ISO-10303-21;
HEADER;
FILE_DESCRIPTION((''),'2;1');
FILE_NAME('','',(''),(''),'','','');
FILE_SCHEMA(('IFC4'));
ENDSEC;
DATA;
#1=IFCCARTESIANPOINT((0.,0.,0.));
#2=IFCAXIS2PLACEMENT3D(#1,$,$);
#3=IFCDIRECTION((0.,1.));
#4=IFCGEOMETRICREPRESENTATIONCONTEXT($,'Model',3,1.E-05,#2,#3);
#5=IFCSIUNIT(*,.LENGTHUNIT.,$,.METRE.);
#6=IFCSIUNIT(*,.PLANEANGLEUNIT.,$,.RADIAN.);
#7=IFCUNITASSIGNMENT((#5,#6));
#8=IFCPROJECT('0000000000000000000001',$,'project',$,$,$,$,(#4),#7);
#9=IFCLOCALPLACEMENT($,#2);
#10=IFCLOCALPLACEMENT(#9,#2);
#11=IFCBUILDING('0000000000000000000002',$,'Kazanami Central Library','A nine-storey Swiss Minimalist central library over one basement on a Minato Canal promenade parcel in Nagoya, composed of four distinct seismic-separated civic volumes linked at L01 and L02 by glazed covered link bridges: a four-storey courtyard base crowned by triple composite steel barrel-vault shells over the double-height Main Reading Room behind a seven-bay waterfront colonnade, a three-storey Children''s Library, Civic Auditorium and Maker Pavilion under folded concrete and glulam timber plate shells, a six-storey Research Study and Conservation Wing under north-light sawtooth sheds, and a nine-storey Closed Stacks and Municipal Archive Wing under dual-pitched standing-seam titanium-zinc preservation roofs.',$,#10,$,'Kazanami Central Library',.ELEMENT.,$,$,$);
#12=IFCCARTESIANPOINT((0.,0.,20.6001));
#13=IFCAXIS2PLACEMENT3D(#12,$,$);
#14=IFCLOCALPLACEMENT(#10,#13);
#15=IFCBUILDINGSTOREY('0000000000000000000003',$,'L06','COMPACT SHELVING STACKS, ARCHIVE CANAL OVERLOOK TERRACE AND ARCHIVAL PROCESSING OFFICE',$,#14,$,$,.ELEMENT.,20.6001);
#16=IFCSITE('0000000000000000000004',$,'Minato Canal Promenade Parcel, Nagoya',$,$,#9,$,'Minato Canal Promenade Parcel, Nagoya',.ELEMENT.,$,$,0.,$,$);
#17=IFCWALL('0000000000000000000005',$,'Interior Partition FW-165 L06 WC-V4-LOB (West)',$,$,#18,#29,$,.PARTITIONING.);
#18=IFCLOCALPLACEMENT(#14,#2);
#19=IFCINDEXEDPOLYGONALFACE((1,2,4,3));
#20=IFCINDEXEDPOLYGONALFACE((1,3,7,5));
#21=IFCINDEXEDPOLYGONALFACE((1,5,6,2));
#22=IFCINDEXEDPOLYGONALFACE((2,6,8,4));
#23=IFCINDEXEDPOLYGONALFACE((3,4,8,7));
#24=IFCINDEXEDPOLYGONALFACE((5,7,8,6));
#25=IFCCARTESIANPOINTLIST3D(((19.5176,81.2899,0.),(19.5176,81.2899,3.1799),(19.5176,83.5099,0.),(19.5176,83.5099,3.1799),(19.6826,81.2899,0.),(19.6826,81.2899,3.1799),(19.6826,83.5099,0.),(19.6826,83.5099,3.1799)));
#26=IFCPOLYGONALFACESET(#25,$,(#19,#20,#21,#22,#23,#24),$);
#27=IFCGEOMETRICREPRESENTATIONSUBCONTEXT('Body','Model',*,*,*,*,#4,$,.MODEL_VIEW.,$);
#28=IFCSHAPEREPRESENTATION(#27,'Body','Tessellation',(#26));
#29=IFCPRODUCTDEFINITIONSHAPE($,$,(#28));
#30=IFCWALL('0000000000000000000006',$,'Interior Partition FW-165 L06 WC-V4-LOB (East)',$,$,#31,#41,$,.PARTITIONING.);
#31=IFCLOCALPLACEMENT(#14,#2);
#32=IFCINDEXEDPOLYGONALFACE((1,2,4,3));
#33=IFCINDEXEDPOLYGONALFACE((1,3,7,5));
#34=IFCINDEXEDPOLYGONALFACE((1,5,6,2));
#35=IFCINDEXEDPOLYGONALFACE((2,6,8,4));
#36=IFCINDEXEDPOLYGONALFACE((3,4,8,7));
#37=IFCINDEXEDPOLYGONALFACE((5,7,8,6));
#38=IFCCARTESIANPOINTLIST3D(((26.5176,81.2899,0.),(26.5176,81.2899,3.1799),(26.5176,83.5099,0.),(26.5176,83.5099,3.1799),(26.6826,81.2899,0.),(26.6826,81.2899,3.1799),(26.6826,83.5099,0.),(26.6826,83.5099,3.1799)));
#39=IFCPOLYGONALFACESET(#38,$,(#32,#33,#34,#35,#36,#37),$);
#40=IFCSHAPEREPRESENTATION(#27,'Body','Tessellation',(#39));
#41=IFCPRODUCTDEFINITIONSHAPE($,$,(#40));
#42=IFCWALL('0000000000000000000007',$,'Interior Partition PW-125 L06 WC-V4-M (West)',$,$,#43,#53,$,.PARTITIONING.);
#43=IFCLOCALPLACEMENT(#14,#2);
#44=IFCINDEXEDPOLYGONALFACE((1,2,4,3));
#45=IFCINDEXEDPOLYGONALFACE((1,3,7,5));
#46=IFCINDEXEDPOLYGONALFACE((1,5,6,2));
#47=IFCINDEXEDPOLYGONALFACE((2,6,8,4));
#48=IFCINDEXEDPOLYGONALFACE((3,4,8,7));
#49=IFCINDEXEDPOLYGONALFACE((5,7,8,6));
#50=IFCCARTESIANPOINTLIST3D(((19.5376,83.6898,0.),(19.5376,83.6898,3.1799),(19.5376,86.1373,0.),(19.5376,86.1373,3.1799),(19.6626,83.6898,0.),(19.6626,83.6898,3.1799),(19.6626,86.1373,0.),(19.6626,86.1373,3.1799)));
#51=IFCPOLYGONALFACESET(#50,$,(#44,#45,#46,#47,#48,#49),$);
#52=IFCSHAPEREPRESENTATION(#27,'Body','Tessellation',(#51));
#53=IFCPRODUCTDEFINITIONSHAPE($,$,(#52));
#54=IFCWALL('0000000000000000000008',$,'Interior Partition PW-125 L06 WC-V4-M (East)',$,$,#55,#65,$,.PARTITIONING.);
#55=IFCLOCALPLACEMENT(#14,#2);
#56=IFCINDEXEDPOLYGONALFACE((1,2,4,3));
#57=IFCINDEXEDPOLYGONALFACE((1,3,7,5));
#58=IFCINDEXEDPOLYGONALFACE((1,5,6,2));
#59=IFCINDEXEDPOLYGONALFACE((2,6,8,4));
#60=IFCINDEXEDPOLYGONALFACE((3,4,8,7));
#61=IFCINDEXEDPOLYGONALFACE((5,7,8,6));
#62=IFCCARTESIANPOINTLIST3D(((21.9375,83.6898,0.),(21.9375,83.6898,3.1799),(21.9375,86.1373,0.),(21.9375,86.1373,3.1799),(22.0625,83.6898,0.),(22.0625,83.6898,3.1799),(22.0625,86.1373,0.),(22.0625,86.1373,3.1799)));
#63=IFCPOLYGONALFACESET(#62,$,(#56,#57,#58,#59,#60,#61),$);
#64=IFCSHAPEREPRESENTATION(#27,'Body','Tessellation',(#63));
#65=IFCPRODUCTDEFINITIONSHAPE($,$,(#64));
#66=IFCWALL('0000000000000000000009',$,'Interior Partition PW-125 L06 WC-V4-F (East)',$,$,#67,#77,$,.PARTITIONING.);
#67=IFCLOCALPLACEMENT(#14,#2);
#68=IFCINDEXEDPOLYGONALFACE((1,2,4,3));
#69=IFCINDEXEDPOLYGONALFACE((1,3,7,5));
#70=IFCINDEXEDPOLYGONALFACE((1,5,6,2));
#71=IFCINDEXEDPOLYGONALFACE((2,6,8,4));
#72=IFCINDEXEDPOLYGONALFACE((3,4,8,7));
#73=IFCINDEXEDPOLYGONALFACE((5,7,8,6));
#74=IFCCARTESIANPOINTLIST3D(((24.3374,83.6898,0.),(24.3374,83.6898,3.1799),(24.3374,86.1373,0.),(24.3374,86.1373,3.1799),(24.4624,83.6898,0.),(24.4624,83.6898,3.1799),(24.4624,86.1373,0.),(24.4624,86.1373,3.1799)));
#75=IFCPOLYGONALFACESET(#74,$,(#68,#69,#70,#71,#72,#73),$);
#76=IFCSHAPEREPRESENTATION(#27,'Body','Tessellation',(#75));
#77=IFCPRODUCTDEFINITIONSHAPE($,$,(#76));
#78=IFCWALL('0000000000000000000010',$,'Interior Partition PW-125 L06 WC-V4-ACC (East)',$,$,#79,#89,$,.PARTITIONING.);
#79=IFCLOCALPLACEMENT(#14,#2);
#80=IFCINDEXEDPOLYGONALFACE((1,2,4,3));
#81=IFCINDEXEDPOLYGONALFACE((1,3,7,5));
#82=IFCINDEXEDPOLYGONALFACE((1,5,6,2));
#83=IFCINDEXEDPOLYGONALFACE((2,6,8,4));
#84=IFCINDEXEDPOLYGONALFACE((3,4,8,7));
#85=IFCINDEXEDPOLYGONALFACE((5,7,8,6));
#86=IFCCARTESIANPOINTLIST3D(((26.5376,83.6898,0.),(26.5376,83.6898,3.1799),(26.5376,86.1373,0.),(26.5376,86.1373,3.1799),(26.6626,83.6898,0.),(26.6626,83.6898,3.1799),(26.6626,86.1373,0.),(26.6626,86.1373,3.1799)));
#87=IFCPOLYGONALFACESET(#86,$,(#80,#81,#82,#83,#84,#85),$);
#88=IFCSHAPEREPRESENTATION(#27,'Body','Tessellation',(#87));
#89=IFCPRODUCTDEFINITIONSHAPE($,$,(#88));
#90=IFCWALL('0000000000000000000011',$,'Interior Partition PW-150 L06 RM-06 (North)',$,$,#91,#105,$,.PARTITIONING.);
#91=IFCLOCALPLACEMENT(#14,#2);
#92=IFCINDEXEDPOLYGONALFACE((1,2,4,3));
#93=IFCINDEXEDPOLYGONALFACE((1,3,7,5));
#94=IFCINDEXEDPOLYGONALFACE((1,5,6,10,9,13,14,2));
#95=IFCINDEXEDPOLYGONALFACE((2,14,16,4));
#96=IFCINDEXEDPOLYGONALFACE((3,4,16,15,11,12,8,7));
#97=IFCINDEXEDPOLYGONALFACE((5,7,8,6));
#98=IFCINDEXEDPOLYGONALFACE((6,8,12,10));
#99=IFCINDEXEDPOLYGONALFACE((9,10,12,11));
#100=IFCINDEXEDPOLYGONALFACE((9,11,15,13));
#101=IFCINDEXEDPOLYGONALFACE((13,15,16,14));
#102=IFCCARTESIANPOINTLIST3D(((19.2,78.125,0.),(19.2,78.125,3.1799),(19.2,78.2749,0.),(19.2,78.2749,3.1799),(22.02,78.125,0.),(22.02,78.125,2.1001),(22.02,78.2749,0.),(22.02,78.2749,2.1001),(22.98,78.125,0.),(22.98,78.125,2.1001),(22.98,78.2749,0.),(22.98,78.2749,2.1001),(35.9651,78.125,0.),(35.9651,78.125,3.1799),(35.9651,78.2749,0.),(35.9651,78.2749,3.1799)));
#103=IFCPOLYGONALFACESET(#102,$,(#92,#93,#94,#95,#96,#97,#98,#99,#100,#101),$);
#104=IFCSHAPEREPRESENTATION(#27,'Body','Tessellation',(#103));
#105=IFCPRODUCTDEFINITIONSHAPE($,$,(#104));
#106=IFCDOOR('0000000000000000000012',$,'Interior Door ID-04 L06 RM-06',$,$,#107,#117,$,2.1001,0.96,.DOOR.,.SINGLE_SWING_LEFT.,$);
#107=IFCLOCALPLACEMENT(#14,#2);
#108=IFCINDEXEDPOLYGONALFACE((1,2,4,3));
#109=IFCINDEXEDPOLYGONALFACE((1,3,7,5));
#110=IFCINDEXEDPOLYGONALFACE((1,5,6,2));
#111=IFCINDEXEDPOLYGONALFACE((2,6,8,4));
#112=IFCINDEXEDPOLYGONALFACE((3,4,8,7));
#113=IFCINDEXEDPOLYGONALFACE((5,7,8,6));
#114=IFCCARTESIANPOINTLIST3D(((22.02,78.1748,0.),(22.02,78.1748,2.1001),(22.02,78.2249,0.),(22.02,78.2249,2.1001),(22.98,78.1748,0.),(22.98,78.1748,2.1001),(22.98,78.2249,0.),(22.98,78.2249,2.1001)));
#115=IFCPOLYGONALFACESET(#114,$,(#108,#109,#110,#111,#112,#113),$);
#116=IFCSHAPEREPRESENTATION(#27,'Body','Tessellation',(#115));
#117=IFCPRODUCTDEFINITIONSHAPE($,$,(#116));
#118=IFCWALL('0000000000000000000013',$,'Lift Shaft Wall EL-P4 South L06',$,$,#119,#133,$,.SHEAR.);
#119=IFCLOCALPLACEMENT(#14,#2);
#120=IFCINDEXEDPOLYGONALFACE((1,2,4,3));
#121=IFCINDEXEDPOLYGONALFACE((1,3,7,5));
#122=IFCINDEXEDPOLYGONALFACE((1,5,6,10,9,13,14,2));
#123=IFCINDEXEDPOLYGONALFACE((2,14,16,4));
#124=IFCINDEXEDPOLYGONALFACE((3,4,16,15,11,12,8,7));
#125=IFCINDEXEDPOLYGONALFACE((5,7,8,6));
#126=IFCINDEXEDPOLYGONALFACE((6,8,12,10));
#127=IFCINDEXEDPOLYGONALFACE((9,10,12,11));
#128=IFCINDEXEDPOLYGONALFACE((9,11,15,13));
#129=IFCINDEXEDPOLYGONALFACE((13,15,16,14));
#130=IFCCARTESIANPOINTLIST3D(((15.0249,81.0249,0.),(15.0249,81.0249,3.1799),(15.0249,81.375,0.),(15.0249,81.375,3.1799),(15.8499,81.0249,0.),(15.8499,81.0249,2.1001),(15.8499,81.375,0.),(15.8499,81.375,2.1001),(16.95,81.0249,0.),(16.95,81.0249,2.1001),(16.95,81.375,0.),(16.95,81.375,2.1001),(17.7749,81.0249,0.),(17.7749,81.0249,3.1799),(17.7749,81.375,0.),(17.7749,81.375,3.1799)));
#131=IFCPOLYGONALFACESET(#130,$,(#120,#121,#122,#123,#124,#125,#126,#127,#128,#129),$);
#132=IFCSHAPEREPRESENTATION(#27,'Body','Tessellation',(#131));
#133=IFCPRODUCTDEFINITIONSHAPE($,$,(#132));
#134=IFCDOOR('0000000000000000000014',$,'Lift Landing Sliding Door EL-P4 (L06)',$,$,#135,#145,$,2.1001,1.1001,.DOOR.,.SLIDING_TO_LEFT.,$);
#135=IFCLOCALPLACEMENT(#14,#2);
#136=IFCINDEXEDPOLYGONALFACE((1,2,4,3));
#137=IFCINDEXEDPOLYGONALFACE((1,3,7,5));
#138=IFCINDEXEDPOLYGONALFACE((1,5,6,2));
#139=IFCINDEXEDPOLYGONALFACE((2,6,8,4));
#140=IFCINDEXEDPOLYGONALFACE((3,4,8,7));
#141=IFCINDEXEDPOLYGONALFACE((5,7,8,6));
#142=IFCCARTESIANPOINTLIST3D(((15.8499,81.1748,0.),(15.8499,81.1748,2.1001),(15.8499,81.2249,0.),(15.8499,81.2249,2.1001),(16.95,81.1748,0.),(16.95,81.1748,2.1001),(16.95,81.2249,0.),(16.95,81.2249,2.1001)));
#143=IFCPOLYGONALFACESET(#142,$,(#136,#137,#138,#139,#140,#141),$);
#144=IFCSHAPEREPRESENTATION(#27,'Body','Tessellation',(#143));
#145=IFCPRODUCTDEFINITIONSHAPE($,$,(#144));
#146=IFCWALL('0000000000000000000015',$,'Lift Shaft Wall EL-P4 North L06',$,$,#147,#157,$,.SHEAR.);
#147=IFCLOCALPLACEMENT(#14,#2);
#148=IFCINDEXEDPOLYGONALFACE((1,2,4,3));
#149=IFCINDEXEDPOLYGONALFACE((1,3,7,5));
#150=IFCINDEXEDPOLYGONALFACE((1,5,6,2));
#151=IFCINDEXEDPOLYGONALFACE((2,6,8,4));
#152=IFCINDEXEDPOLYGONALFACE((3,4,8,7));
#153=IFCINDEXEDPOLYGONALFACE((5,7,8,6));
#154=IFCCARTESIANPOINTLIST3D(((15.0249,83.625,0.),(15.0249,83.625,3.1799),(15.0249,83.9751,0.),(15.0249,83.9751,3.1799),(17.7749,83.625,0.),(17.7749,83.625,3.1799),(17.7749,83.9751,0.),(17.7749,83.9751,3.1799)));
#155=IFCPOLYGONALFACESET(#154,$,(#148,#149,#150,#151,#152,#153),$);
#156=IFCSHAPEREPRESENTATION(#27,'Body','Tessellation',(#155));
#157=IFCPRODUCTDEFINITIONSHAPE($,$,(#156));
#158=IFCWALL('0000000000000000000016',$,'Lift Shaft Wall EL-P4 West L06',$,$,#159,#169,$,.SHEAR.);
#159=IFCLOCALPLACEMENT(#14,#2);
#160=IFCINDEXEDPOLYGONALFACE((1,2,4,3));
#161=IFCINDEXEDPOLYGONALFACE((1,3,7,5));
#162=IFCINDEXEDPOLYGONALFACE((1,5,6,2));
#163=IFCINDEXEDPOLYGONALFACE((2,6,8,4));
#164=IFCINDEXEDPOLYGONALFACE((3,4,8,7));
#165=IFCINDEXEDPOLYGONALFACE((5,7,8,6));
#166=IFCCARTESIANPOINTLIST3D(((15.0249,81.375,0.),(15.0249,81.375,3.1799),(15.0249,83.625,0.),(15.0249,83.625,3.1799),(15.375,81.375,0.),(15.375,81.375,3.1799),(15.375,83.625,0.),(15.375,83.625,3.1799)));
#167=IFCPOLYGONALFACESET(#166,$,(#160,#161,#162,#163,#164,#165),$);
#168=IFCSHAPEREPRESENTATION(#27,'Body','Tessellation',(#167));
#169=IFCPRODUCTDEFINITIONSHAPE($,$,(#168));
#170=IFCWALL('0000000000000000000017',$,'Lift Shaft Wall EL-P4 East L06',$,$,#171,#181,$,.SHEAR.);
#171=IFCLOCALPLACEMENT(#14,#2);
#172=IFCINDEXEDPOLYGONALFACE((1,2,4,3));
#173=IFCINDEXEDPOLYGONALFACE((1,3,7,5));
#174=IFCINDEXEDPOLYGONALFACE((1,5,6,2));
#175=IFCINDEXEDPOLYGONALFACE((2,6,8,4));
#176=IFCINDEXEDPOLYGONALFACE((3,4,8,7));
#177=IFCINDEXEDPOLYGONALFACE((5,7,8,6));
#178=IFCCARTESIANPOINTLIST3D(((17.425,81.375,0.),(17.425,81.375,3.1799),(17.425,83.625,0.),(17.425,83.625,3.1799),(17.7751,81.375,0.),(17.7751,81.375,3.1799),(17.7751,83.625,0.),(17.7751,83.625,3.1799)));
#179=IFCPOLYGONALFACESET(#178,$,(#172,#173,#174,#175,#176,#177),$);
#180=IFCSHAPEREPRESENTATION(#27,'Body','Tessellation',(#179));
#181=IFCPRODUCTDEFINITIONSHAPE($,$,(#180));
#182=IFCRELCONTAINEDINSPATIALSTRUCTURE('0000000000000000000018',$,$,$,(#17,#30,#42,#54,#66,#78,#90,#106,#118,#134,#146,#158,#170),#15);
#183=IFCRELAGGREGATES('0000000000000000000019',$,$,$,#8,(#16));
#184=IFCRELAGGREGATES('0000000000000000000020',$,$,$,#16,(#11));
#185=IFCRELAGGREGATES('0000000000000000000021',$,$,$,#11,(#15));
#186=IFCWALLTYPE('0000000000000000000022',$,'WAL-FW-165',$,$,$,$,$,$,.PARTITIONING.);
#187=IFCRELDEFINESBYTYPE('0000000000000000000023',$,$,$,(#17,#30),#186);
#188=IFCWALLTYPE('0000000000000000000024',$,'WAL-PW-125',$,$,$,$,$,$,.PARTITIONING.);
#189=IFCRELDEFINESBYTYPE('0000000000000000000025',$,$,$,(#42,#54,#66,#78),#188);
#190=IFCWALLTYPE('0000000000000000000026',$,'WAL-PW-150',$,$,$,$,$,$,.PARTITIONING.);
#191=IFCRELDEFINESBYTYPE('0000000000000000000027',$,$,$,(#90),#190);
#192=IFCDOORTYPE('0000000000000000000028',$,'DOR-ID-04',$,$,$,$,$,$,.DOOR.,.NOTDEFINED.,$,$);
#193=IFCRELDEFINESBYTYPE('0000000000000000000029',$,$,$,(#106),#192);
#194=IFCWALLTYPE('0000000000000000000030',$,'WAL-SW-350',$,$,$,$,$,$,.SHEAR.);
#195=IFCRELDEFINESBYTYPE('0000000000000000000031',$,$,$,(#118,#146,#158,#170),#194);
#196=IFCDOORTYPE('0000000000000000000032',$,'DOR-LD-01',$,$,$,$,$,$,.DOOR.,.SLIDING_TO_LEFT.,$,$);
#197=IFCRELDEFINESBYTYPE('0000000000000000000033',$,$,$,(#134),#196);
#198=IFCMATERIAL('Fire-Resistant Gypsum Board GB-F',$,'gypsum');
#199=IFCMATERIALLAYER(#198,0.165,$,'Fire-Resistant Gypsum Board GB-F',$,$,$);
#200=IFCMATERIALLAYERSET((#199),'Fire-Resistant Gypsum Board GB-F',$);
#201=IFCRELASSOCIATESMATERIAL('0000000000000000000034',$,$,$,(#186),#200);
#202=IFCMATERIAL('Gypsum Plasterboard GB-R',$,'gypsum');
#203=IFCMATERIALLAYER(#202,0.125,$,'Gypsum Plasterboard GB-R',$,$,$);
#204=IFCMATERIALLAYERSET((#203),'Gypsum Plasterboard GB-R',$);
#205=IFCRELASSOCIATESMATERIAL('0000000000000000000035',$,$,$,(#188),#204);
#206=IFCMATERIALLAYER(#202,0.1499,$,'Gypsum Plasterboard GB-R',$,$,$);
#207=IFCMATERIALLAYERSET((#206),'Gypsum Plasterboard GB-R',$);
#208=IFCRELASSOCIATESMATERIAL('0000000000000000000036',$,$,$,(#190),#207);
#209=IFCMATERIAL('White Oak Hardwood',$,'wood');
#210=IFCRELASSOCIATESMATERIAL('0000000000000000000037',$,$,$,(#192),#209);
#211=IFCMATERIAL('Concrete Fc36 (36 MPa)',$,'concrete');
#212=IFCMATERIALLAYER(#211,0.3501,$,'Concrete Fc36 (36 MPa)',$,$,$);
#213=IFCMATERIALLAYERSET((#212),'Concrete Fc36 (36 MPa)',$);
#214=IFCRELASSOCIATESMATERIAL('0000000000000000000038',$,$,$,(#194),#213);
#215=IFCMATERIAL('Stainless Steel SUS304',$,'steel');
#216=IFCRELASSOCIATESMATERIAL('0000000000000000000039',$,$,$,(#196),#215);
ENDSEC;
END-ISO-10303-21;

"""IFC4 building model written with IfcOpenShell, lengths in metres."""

from ifc_helpers import new_model, si_unit, direction, frame, frame_2d, origin, place, context, subcontext, project, spatial, rectangle, extrude, material, layer, layer_set, type_object, element, fill, save


model = new_model("IFC4")

# Units and contexts
model_context = context("Model", 3, precision=1e-05, world=origin(), true_north=direction((0.0, 1.0)))
body_context = subcontext(model_context, "Body", "Model", "MODEL_VIEW")
ifc_project = project(units=[si_unit("LENGTHUNIT", "METRE"), si_unit("PLANEANGLEUNIT", "RADIAN")], contexts=[model_context])

# Site, building, storey
site_placement = place(None, origin())
site = spatial("IfcSite", under=ifc_project, at=site_placement, Name="Minato Canal Promenade Parcel, Nagoya", LongName="Minato Canal Promenade Parcel, Nagoya", CompositionType="ELEMENT", RefElevation=0.0)
building_placement = place(site_placement, origin())
building = spatial("IfcBuilding", under=site, at=building_placement, Name="Kazanami Central Library", Description="A nine-storey Swiss Minimalist central library over one basement on a Minato Canal promenade parcel in Nagoya, composed of four distinct seismic-separated civic volumes linked at L01 and L02 by glazed covered link bridges: a four-storey courtyard base crowned by triple composite steel barrel-vault shells over the double-height Main Reading Room behind a seven-bay waterfront colonnade, a three-storey Children's Library, Civic Auditorium and Maker Pavilion under folded concrete and glulam timber plate shells, a six-storey Research Study and Conservation Wing under north-light sawtooth sheds, and a nine-storey Closed Stacks and Municipal Archive Wing under dual-pitched standing-seam titanium-zinc preservation roofs.", LongName="Kazanami Central Library", CompositionType="ELEMENT")
storey_placement = place(building_placement, frame((0.0, 0.0, 20.6001)))
storey = spatial("IfcBuildingStorey", under=building, at=storey_placement, Name="L06", Description="COMPACT SHELVING STACKS, ARCHIVE CANAL OVERLOOK TERRACE AND ARCHIVAL PROCESSING OFFICE", CompositionType="ELEMENT", Elevation=20.6001)

# Shared definitions
ifc_material_1 = material(Name="Concrete Fc36 (36 MPa)", Category="concrete")

# Shared definitions
ifc_material_2 = material(Name="Fire-Resistant Gypsum Board GB-F", Category="gypsum")
ifc_layer_1 = layer(ifc_material_2, 0.165, Name="Fire-Resistant Gypsum Board GB-F")
ifc_layer_set_1 = layer_set([ifc_layer_1], Name="Fire-Resistant Gypsum Board GB-F")
wall_type_1 = type_object("IfcWallType", Name="WAL-FW-165", PredefinedType="PARTITIONING", material=ifc_layer_set_1)

# Walls
for number, where, z_axis, x_axis, name in (
    (1, (19.6001, 81.29, 0.0), (0.0, 0.0, 1.0), (0.0, 1.0, 0.0), "Interior Partition FW-165 L06 WC-V4-LOB (West)"),
    (2, (26.6001, 81.29, 0.0), (0.0, 0.0, 1.0), (0.0, 1.0, 0.0), "Interior Partition FW-165 L06 WC-V4-LOB (East)"),
):
    element("IfcWall", number, at=place(storey_placement, frame(where, z_axis=z_axis, x_axis=x_axis)), inside=storey, type_object=wall_type_1, Name=name, PredefinedType="PARTITIONING", context=body_context, shape_type="SweptSolid", body=[
        extrude(rectangle(XDim=2.22, YDim=0.165, at=frame_2d((1.1099, 0.0))), origin(), (0.0, 0.0, 1.0), 3.1799),
    ])
ifc_material_3 = material(Name="Gypsum Plasterboard GB-R", Category="gypsum")
ifc_layer_2 = layer(ifc_material_3, 0.125, Name="Gypsum Plasterboard GB-R")
ifc_layer_set_2 = layer_set([ifc_layer_2], Name="Gypsum Plasterboard GB-R")
wall_type_2 = type_object("IfcWallType", Name="WAL-PW-125", PredefinedType="PARTITIONING", material=ifc_layer_set_2)
for number, where, z_axis, x_axis, name in (
    (3, (19.6001, 83.6899, 0.0), (0.0, 0.0, 1.0), (0.0, 1.0, 0.0), "Interior Partition PW-125 L06 WC-V4-M (West)"),
    (4, (22.0, 83.6899, 0.0), (0.0, 0.0, 1.0), (0.0, 1.0, 0.0), "Interior Partition PW-125 L06 WC-V4-M (East)"),
    (5, (24.3999, 83.6899, 0.0), (0.0, 0.0, 1.0), (0.0, 1.0, 0.0), "Interior Partition PW-125 L06 WC-V4-F (East)"),
    (6, (26.6001, 83.6899, 0.0), (0.0, 0.0, 1.0), (0.0, 1.0, 0.0), "Interior Partition PW-125 L06 WC-V4-ACC (East)"),
):
    element("IfcWall", number, at=place(storey_placement, frame(where, z_axis=z_axis, x_axis=x_axis)), inside=storey, type_object=wall_type_2, Name=name, PredefinedType="PARTITIONING", context=body_context, shape_type="SweptSolid", body=[
        extrude(rectangle(XDim=2.4475, YDim=0.125, at=frame_2d((1.2236, 0.0))), origin(), (0.0, 0.0, 1.0), 3.1799),
    ])

# Walls, openings, doors
ifc_layer_3 = layer(ifc_material_3, 0.1499, Name="Gypsum Plasterboard GB-R")
ifc_layer_set_3 = layer_set([ifc_layer_3], Name="Gypsum Plasterboard GB-R")
wall_type_3 = type_object("IfcWallType", Name="WAL-PW-150", PredefinedType="PARTITIONING", material=ifc_layer_set_3)
wall_1_placement = place(storey_placement, frame((19.2, 78.2, 0.0), z_axis=(0.0, 0.0, 1.0), x_axis=(1.0, 0.0, 0.0)))
wall_1 = element("IfcWall", 7, at=wall_1_placement, inside=storey, type_object=wall_type_3, Name="Interior Partition PW-150 L06 RM-06 (North)", PredefinedType="PARTITIONING", context=body_context, shape_type="SweptSolid", body=[
    extrude(rectangle(XDim=16.7651, YDim=0.1499, at=frame_2d((8.3826, 0.0))), origin(), (0.0, 0.0, 1.0), 3.1799),
])
opening_1_placement = place(wall_1_placement, frame((2.8201, 0.0, 0.0)))
opening_1 = element("IfcOpeningElement", 8, at=opening_1_placement, cuts=wall_1, PredefinedType="OPENING", context=body_context, shape_type="SweptSolid", body=[
    extrude(rectangle(XDim=0.96, YDim=2.1001, at=frame_2d((0.48, 1.05))), frame((0.0, 0.0869, 0.0), z_axis=(0.0, -1.0, 0.0), x_axis=(1.0, 0.0, 0.0)), (0.0, 0.0, 1.0), 0.1738),
])
ifc_material_4 = material(Name="White Oak Hardwood", Category="wood")
door_type_1 = type_object("IfcDoorType", Name="DOR-ID-04", OperationType="NOTDEFINED", PredefinedType="DOOR", material=ifc_material_4)
door_1_placement = place(opening_1_placement, origin())
door_1 = element("IfcDoor", 9, at=door_1_placement, inside=storey, type_object=door_type_1, Name="Interior Door ID-04 L06 RM-06", OperationType="SINGLE_SWING_LEFT", OverallHeight=2.1001, OverallWidth=0.96, PredefinedType="DOOR", context=body_context, shape_type="SweptSolid", body=[
    extrude(rectangle(XDim=0.96, YDim=2.1001, at=frame_2d((0.48, 1.05))), frame((0.0, 0.0249, 0.0), z_axis=(0.0, -1.0, 0.0), x_axis=(1.0, 0.0, 0.0)), (0.0, 0.0, 1.0), 0.05),
])
fill(opening_1, door_1)
ifc_layer_4 = layer(ifc_material_1, 0.3501, Name="Concrete Fc36 (36 MPa)")
ifc_layer_set_4 = layer_set([ifc_layer_4], Name="Concrete Fc36 (36 MPa)")
wall_type_4 = type_object("IfcWallType", Name="WAL-SW-350", PredefinedType="SHEAR", material=ifc_layer_set_4)
wall_2_placement = place(storey_placement, frame((15.0249, 81.2, 0.0), z_axis=(0.0, 0.0, 1.0), x_axis=(1.0, 0.0, 0.0)))
wall_2 = element("IfcWall", 10, at=wall_2_placement, inside=storey, type_object=wall_type_4, Name="Lift Shaft Wall EL-P4 South L06", PredefinedType="SHEAR", context=body_context, shape_type="SweptSolid", body=[
    extrude(rectangle(XDim=2.75, YDim=0.3501, at=frame_2d((1.375, 0.0))), origin(), (0.0, 0.0, 1.0), 3.1799),
])
opening_2_placement = place(wall_2_placement, frame((0.825, 0.0, 0.0)))
opening_2 = element("IfcOpeningElement", 11, at=opening_2_placement, cuts=wall_2, PredefinedType="OPENING", context=body_context, shape_type="SweptSolid", body=[
    extrude(rectangle(XDim=1.1001, YDim=2.1001, at=frame_2d((0.55, 1.05))), frame((0.0, 0.187, 0.0), z_axis=(0.0, -1.0, 0.0), x_axis=(1.0, 0.0, 0.0)), (0.0, 0.0, 1.0), 0.374),
])
ifc_material_5 = material(Name="Stainless Steel SUS304", Category="steel")
door_type_2 = type_object("IfcDoorType", Name="DOR-LD-01", OperationType="SLIDING_TO_LEFT", PredefinedType="DOOR", material=ifc_material_5)
door_2_placement = place(opening_2_placement, origin())
door_2 = element("IfcDoor", 12, at=door_2_placement, inside=storey, type_object=door_type_2, Name="Lift Landing Sliding Door EL-P4 (L06)", OperationType="SLIDING_TO_LEFT", OverallHeight=2.1001, OverallWidth=1.1001, PredefinedType="DOOR", context=body_context, shape_type="SweptSolid", body=[
    extrude(rectangle(XDim=1.1001, YDim=2.1001, at=frame_2d((0.55, 1.05))), frame((0.0, 0.0249, 0.0), z_axis=(0.0, -1.0, 0.0), x_axis=(1.0, 0.0, 0.0)), (0.0, 0.0, 1.0), 0.05),
])
fill(opening_2, door_2)

# Walls
wall_3_placement = place(storey_placement, frame((15.0249, 83.8, 0.0), z_axis=(0.0, 0.0, 1.0), x_axis=(1.0, 0.0, 0.0)))
element("IfcWall", 13, at=wall_3_placement, inside=storey, type_object=wall_type_4, Name="Lift Shaft Wall EL-P4 North L06", PredefinedType="SHEAR", context=body_context, shape_type="SweptSolid", body=[
    extrude(rectangle(XDim=2.75, YDim=0.3501, at=frame_2d((1.375, 0.0))), origin(), (0.0, 0.0, 1.0), 3.1799),
])
for number, where, z_axis, x_axis, name in (
    (14, (15.2, 81.375, 0.0), (0.0, 0.0, 1.0), (0.0, 1.0, 0.0), "Lift Shaft Wall EL-P4 West L06"),
    (15, (17.6001, 81.375, 0.0), (0.0, 0.0, 1.0), (0.0, 1.0, 0.0), "Lift Shaft Wall EL-P4 East L06"),
):
    element("IfcWall", number, at=place(storey_placement, frame(where, z_axis=z_axis, x_axis=x_axis)), inside=storey, type_object=wall_type_4, Name=name, PredefinedType="SHEAR", context=body_context, shape_type="SweptSolid", body=[
        extrude(rectangle(XDim=2.25, YDim=0.3501, at=frame_2d((1.125, 0.0))), origin(), (0.0, 0.0, 1.0), 3.1799),
    ])

save(model, "model.ifc")
